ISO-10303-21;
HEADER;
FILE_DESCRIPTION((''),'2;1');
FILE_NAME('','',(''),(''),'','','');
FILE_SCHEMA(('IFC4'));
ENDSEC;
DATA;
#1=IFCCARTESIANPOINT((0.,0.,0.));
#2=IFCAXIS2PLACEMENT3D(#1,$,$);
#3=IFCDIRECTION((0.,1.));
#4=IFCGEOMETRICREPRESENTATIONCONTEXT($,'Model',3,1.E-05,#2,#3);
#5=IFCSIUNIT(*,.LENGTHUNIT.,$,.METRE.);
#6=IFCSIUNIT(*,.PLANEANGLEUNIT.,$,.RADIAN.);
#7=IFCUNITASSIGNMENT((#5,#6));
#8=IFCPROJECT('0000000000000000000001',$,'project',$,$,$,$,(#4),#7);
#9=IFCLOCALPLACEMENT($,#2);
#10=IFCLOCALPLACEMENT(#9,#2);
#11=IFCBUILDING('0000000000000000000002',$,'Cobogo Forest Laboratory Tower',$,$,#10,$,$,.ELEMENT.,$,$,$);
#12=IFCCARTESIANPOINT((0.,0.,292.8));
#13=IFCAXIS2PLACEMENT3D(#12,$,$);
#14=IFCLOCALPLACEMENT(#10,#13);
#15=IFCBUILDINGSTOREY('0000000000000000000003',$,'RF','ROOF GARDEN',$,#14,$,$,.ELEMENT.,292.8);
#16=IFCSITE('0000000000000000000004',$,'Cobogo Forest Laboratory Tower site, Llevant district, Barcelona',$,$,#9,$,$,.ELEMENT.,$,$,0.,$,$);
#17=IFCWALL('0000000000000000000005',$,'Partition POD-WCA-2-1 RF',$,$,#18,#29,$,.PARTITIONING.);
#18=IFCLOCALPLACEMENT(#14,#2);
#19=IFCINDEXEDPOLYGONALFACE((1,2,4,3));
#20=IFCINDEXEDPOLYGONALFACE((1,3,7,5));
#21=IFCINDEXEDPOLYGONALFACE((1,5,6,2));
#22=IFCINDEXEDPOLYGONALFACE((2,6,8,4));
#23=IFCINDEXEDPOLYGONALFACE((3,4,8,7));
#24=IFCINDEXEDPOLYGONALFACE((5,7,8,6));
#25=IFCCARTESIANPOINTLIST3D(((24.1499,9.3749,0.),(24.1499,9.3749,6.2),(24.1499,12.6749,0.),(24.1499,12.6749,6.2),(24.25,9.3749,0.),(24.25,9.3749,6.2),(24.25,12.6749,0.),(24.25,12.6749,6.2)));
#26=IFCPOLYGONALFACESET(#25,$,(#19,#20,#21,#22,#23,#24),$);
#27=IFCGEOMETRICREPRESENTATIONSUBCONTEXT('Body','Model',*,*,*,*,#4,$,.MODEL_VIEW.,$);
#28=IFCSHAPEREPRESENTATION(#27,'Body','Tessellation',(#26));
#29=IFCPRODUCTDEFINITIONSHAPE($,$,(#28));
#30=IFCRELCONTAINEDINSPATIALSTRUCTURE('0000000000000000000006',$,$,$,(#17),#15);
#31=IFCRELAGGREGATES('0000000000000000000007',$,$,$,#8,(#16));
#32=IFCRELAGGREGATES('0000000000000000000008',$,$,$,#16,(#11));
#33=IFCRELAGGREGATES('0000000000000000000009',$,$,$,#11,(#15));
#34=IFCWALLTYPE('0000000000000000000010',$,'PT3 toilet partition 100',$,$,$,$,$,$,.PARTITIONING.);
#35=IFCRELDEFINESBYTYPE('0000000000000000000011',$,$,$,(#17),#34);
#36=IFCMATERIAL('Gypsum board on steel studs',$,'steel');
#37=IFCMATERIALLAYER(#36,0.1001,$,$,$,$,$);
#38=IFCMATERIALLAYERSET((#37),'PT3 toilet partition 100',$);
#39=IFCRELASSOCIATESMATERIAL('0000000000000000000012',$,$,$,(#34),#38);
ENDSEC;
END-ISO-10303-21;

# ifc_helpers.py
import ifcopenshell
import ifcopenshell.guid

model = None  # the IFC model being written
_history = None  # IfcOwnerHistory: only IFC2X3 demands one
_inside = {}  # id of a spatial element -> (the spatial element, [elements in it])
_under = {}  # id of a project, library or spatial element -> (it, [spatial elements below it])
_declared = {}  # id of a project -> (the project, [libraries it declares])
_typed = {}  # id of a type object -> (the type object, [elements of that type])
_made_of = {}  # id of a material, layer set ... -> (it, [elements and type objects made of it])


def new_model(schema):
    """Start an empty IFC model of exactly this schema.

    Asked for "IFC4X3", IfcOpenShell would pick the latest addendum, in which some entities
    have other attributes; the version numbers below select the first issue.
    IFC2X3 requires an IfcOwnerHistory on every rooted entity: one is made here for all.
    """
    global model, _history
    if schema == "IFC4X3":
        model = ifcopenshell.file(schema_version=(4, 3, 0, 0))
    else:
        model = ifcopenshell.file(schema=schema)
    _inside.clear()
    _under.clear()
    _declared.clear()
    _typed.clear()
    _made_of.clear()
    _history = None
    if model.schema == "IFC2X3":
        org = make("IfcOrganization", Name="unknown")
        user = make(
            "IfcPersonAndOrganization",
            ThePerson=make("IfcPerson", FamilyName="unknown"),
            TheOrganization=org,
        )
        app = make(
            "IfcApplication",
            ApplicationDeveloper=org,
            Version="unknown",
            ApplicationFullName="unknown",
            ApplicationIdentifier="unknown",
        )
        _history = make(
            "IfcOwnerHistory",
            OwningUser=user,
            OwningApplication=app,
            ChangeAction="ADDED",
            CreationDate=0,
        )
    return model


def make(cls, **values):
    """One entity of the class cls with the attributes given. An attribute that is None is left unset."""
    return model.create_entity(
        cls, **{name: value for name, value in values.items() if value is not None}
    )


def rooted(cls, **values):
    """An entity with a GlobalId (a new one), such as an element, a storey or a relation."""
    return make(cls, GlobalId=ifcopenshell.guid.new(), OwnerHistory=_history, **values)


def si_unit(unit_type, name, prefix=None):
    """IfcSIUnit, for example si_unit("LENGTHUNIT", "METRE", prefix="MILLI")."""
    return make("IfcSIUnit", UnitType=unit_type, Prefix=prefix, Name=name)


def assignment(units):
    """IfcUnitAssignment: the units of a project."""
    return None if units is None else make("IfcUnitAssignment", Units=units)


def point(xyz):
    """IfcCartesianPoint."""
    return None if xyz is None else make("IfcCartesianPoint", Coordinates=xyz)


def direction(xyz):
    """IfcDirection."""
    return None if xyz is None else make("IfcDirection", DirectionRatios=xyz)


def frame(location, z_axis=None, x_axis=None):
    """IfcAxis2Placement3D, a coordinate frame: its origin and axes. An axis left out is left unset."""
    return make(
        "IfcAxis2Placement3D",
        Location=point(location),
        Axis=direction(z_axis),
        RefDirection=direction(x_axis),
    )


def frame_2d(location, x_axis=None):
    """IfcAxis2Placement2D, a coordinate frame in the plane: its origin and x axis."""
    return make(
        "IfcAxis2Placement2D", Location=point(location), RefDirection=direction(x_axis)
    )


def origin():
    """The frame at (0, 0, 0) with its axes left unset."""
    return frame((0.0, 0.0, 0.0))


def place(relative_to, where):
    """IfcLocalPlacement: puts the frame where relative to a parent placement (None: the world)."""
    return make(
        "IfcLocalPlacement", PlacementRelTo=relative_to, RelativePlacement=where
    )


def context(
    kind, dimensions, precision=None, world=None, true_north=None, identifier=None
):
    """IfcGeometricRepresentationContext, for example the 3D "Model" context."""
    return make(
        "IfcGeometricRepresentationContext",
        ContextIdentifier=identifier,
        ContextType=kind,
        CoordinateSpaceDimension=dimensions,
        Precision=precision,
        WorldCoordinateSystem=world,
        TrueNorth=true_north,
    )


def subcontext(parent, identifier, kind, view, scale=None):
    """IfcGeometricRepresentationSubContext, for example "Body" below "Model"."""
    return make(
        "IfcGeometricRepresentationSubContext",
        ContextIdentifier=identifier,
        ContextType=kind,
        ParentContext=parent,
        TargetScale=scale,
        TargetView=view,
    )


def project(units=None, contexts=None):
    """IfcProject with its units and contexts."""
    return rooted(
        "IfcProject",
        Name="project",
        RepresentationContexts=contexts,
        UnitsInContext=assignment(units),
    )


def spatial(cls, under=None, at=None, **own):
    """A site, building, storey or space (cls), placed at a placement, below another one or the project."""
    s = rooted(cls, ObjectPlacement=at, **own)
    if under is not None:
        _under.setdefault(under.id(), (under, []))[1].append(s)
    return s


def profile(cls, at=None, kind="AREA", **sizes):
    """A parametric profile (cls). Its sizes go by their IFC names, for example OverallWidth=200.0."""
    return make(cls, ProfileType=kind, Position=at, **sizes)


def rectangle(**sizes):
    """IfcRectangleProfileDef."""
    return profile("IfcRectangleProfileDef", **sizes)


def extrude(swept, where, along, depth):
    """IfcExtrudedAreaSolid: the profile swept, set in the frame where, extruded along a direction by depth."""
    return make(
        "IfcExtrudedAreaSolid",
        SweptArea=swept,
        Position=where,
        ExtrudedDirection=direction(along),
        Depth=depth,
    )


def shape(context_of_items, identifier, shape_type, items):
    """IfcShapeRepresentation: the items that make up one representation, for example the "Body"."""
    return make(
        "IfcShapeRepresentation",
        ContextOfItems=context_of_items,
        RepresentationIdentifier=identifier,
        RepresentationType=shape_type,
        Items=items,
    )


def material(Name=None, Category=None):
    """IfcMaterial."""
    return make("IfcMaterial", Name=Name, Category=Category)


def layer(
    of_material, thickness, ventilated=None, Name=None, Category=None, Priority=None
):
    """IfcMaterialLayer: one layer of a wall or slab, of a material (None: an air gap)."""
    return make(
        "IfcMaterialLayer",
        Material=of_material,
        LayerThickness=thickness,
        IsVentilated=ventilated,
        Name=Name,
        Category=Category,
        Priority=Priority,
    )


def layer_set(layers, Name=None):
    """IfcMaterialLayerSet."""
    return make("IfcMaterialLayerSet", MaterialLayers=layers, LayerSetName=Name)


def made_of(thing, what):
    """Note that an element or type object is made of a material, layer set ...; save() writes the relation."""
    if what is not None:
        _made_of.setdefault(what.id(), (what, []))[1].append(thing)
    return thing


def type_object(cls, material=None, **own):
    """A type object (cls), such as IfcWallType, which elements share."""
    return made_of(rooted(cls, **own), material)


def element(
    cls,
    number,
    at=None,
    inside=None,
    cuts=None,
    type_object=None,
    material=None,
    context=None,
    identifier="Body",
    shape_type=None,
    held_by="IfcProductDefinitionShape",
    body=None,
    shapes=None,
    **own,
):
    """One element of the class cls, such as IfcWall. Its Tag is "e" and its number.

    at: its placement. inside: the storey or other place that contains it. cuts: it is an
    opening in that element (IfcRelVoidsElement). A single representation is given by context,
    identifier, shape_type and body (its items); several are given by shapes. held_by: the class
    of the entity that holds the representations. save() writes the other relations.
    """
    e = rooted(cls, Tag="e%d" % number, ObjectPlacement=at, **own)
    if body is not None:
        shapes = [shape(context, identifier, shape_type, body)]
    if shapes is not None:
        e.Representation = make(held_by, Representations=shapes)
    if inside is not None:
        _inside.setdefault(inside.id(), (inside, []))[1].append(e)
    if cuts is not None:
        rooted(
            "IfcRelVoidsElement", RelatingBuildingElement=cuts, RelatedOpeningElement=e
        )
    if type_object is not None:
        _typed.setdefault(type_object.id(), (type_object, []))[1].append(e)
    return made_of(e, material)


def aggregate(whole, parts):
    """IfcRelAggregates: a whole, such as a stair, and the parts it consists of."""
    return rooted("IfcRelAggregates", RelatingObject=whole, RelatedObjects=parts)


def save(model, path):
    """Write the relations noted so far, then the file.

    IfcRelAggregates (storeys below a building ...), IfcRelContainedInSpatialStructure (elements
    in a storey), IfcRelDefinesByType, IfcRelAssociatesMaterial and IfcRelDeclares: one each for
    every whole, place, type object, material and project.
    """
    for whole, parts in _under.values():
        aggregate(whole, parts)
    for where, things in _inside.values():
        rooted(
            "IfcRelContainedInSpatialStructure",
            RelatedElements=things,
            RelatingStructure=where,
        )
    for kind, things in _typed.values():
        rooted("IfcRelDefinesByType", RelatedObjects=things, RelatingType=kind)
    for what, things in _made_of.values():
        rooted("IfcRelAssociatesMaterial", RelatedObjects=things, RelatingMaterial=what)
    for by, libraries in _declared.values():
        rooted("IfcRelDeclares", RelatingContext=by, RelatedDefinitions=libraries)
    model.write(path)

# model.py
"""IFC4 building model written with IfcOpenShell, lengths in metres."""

from ifc_helpers import new_model, si_unit, direction, frame, frame_2d, origin, place, context, subcontext, project, spatial, rectangle, extrude, material, layer, layer_set, type_object, element, save


model = new_model("IFC4")

# Units and contexts
model_context = context("Model", 3, precision=1e-05, world=origin(), true_north=direction((0.0, 1.0)))
body_context = subcontext(model_context, "Body", "Model", "MODEL_VIEW")
ifc_project = project(units=[si_unit("LENGTHUNIT", "METRE"), si_unit("PLANEANGLEUNIT", "RADIAN")], contexts=[model_context])

# Site, building, storey
site_placement = place(None, origin())
site = spatial("IfcSite", under=ifc_project, at=site_placement, Name="Cobogo Forest Laboratory Tower site, Llevant district, Barcelona", CompositionType="ELEMENT", RefElevation=0.0)
building_placement = place(site_placement, origin())
building = spatial("IfcBuilding", under=site, at=building_placement, Name="Cobogo Forest Laboratory Tower", CompositionType="ELEMENT")
storey_placement = place(building_placement, frame((0.0, 0.0, 292.8)))
storey = spatial("IfcBuildingStorey", under=building, at=storey_placement, Name="RF", Description="ROOF GARDEN", CompositionType="ELEMENT", Elevation=292.8)

# Wall
ifc_material_1 = material(Name="Gypsum board on steel studs", Category="steel")
ifc_layer_1 = layer(ifc_material_1, 0.1001)
ifc_layer_set_1 = layer_set([ifc_layer_1], Name="PT3 toilet partition 100")
wall_type_1 = type_object("IfcWallType", Name="PT3 toilet partition 100", PredefinedType="PARTITIONING", material=ifc_layer_set_1)
wall_1_placement = place(storey_placement, frame((24.2, 9.375, 0.0), z_axis=(0.0, 0.0, 1.0), x_axis=(0.0, 1.0, 0.0)))
element("IfcWall", 1, at=wall_1_placement, inside=storey, type_object=wall_type_1, Name="Partition POD-WCA-2-1 RF", PredefinedType="PARTITIONING", context=body_context, shape_type="SweptSolid", body=[
    extrude(rectangle(XDim=3.3, YDim=0.1001, at=frame_2d((1.6499, 0.0))), origin(), (0.0, 0.0, 1.0), 6.2),
])

save(model, "model.ifc")
